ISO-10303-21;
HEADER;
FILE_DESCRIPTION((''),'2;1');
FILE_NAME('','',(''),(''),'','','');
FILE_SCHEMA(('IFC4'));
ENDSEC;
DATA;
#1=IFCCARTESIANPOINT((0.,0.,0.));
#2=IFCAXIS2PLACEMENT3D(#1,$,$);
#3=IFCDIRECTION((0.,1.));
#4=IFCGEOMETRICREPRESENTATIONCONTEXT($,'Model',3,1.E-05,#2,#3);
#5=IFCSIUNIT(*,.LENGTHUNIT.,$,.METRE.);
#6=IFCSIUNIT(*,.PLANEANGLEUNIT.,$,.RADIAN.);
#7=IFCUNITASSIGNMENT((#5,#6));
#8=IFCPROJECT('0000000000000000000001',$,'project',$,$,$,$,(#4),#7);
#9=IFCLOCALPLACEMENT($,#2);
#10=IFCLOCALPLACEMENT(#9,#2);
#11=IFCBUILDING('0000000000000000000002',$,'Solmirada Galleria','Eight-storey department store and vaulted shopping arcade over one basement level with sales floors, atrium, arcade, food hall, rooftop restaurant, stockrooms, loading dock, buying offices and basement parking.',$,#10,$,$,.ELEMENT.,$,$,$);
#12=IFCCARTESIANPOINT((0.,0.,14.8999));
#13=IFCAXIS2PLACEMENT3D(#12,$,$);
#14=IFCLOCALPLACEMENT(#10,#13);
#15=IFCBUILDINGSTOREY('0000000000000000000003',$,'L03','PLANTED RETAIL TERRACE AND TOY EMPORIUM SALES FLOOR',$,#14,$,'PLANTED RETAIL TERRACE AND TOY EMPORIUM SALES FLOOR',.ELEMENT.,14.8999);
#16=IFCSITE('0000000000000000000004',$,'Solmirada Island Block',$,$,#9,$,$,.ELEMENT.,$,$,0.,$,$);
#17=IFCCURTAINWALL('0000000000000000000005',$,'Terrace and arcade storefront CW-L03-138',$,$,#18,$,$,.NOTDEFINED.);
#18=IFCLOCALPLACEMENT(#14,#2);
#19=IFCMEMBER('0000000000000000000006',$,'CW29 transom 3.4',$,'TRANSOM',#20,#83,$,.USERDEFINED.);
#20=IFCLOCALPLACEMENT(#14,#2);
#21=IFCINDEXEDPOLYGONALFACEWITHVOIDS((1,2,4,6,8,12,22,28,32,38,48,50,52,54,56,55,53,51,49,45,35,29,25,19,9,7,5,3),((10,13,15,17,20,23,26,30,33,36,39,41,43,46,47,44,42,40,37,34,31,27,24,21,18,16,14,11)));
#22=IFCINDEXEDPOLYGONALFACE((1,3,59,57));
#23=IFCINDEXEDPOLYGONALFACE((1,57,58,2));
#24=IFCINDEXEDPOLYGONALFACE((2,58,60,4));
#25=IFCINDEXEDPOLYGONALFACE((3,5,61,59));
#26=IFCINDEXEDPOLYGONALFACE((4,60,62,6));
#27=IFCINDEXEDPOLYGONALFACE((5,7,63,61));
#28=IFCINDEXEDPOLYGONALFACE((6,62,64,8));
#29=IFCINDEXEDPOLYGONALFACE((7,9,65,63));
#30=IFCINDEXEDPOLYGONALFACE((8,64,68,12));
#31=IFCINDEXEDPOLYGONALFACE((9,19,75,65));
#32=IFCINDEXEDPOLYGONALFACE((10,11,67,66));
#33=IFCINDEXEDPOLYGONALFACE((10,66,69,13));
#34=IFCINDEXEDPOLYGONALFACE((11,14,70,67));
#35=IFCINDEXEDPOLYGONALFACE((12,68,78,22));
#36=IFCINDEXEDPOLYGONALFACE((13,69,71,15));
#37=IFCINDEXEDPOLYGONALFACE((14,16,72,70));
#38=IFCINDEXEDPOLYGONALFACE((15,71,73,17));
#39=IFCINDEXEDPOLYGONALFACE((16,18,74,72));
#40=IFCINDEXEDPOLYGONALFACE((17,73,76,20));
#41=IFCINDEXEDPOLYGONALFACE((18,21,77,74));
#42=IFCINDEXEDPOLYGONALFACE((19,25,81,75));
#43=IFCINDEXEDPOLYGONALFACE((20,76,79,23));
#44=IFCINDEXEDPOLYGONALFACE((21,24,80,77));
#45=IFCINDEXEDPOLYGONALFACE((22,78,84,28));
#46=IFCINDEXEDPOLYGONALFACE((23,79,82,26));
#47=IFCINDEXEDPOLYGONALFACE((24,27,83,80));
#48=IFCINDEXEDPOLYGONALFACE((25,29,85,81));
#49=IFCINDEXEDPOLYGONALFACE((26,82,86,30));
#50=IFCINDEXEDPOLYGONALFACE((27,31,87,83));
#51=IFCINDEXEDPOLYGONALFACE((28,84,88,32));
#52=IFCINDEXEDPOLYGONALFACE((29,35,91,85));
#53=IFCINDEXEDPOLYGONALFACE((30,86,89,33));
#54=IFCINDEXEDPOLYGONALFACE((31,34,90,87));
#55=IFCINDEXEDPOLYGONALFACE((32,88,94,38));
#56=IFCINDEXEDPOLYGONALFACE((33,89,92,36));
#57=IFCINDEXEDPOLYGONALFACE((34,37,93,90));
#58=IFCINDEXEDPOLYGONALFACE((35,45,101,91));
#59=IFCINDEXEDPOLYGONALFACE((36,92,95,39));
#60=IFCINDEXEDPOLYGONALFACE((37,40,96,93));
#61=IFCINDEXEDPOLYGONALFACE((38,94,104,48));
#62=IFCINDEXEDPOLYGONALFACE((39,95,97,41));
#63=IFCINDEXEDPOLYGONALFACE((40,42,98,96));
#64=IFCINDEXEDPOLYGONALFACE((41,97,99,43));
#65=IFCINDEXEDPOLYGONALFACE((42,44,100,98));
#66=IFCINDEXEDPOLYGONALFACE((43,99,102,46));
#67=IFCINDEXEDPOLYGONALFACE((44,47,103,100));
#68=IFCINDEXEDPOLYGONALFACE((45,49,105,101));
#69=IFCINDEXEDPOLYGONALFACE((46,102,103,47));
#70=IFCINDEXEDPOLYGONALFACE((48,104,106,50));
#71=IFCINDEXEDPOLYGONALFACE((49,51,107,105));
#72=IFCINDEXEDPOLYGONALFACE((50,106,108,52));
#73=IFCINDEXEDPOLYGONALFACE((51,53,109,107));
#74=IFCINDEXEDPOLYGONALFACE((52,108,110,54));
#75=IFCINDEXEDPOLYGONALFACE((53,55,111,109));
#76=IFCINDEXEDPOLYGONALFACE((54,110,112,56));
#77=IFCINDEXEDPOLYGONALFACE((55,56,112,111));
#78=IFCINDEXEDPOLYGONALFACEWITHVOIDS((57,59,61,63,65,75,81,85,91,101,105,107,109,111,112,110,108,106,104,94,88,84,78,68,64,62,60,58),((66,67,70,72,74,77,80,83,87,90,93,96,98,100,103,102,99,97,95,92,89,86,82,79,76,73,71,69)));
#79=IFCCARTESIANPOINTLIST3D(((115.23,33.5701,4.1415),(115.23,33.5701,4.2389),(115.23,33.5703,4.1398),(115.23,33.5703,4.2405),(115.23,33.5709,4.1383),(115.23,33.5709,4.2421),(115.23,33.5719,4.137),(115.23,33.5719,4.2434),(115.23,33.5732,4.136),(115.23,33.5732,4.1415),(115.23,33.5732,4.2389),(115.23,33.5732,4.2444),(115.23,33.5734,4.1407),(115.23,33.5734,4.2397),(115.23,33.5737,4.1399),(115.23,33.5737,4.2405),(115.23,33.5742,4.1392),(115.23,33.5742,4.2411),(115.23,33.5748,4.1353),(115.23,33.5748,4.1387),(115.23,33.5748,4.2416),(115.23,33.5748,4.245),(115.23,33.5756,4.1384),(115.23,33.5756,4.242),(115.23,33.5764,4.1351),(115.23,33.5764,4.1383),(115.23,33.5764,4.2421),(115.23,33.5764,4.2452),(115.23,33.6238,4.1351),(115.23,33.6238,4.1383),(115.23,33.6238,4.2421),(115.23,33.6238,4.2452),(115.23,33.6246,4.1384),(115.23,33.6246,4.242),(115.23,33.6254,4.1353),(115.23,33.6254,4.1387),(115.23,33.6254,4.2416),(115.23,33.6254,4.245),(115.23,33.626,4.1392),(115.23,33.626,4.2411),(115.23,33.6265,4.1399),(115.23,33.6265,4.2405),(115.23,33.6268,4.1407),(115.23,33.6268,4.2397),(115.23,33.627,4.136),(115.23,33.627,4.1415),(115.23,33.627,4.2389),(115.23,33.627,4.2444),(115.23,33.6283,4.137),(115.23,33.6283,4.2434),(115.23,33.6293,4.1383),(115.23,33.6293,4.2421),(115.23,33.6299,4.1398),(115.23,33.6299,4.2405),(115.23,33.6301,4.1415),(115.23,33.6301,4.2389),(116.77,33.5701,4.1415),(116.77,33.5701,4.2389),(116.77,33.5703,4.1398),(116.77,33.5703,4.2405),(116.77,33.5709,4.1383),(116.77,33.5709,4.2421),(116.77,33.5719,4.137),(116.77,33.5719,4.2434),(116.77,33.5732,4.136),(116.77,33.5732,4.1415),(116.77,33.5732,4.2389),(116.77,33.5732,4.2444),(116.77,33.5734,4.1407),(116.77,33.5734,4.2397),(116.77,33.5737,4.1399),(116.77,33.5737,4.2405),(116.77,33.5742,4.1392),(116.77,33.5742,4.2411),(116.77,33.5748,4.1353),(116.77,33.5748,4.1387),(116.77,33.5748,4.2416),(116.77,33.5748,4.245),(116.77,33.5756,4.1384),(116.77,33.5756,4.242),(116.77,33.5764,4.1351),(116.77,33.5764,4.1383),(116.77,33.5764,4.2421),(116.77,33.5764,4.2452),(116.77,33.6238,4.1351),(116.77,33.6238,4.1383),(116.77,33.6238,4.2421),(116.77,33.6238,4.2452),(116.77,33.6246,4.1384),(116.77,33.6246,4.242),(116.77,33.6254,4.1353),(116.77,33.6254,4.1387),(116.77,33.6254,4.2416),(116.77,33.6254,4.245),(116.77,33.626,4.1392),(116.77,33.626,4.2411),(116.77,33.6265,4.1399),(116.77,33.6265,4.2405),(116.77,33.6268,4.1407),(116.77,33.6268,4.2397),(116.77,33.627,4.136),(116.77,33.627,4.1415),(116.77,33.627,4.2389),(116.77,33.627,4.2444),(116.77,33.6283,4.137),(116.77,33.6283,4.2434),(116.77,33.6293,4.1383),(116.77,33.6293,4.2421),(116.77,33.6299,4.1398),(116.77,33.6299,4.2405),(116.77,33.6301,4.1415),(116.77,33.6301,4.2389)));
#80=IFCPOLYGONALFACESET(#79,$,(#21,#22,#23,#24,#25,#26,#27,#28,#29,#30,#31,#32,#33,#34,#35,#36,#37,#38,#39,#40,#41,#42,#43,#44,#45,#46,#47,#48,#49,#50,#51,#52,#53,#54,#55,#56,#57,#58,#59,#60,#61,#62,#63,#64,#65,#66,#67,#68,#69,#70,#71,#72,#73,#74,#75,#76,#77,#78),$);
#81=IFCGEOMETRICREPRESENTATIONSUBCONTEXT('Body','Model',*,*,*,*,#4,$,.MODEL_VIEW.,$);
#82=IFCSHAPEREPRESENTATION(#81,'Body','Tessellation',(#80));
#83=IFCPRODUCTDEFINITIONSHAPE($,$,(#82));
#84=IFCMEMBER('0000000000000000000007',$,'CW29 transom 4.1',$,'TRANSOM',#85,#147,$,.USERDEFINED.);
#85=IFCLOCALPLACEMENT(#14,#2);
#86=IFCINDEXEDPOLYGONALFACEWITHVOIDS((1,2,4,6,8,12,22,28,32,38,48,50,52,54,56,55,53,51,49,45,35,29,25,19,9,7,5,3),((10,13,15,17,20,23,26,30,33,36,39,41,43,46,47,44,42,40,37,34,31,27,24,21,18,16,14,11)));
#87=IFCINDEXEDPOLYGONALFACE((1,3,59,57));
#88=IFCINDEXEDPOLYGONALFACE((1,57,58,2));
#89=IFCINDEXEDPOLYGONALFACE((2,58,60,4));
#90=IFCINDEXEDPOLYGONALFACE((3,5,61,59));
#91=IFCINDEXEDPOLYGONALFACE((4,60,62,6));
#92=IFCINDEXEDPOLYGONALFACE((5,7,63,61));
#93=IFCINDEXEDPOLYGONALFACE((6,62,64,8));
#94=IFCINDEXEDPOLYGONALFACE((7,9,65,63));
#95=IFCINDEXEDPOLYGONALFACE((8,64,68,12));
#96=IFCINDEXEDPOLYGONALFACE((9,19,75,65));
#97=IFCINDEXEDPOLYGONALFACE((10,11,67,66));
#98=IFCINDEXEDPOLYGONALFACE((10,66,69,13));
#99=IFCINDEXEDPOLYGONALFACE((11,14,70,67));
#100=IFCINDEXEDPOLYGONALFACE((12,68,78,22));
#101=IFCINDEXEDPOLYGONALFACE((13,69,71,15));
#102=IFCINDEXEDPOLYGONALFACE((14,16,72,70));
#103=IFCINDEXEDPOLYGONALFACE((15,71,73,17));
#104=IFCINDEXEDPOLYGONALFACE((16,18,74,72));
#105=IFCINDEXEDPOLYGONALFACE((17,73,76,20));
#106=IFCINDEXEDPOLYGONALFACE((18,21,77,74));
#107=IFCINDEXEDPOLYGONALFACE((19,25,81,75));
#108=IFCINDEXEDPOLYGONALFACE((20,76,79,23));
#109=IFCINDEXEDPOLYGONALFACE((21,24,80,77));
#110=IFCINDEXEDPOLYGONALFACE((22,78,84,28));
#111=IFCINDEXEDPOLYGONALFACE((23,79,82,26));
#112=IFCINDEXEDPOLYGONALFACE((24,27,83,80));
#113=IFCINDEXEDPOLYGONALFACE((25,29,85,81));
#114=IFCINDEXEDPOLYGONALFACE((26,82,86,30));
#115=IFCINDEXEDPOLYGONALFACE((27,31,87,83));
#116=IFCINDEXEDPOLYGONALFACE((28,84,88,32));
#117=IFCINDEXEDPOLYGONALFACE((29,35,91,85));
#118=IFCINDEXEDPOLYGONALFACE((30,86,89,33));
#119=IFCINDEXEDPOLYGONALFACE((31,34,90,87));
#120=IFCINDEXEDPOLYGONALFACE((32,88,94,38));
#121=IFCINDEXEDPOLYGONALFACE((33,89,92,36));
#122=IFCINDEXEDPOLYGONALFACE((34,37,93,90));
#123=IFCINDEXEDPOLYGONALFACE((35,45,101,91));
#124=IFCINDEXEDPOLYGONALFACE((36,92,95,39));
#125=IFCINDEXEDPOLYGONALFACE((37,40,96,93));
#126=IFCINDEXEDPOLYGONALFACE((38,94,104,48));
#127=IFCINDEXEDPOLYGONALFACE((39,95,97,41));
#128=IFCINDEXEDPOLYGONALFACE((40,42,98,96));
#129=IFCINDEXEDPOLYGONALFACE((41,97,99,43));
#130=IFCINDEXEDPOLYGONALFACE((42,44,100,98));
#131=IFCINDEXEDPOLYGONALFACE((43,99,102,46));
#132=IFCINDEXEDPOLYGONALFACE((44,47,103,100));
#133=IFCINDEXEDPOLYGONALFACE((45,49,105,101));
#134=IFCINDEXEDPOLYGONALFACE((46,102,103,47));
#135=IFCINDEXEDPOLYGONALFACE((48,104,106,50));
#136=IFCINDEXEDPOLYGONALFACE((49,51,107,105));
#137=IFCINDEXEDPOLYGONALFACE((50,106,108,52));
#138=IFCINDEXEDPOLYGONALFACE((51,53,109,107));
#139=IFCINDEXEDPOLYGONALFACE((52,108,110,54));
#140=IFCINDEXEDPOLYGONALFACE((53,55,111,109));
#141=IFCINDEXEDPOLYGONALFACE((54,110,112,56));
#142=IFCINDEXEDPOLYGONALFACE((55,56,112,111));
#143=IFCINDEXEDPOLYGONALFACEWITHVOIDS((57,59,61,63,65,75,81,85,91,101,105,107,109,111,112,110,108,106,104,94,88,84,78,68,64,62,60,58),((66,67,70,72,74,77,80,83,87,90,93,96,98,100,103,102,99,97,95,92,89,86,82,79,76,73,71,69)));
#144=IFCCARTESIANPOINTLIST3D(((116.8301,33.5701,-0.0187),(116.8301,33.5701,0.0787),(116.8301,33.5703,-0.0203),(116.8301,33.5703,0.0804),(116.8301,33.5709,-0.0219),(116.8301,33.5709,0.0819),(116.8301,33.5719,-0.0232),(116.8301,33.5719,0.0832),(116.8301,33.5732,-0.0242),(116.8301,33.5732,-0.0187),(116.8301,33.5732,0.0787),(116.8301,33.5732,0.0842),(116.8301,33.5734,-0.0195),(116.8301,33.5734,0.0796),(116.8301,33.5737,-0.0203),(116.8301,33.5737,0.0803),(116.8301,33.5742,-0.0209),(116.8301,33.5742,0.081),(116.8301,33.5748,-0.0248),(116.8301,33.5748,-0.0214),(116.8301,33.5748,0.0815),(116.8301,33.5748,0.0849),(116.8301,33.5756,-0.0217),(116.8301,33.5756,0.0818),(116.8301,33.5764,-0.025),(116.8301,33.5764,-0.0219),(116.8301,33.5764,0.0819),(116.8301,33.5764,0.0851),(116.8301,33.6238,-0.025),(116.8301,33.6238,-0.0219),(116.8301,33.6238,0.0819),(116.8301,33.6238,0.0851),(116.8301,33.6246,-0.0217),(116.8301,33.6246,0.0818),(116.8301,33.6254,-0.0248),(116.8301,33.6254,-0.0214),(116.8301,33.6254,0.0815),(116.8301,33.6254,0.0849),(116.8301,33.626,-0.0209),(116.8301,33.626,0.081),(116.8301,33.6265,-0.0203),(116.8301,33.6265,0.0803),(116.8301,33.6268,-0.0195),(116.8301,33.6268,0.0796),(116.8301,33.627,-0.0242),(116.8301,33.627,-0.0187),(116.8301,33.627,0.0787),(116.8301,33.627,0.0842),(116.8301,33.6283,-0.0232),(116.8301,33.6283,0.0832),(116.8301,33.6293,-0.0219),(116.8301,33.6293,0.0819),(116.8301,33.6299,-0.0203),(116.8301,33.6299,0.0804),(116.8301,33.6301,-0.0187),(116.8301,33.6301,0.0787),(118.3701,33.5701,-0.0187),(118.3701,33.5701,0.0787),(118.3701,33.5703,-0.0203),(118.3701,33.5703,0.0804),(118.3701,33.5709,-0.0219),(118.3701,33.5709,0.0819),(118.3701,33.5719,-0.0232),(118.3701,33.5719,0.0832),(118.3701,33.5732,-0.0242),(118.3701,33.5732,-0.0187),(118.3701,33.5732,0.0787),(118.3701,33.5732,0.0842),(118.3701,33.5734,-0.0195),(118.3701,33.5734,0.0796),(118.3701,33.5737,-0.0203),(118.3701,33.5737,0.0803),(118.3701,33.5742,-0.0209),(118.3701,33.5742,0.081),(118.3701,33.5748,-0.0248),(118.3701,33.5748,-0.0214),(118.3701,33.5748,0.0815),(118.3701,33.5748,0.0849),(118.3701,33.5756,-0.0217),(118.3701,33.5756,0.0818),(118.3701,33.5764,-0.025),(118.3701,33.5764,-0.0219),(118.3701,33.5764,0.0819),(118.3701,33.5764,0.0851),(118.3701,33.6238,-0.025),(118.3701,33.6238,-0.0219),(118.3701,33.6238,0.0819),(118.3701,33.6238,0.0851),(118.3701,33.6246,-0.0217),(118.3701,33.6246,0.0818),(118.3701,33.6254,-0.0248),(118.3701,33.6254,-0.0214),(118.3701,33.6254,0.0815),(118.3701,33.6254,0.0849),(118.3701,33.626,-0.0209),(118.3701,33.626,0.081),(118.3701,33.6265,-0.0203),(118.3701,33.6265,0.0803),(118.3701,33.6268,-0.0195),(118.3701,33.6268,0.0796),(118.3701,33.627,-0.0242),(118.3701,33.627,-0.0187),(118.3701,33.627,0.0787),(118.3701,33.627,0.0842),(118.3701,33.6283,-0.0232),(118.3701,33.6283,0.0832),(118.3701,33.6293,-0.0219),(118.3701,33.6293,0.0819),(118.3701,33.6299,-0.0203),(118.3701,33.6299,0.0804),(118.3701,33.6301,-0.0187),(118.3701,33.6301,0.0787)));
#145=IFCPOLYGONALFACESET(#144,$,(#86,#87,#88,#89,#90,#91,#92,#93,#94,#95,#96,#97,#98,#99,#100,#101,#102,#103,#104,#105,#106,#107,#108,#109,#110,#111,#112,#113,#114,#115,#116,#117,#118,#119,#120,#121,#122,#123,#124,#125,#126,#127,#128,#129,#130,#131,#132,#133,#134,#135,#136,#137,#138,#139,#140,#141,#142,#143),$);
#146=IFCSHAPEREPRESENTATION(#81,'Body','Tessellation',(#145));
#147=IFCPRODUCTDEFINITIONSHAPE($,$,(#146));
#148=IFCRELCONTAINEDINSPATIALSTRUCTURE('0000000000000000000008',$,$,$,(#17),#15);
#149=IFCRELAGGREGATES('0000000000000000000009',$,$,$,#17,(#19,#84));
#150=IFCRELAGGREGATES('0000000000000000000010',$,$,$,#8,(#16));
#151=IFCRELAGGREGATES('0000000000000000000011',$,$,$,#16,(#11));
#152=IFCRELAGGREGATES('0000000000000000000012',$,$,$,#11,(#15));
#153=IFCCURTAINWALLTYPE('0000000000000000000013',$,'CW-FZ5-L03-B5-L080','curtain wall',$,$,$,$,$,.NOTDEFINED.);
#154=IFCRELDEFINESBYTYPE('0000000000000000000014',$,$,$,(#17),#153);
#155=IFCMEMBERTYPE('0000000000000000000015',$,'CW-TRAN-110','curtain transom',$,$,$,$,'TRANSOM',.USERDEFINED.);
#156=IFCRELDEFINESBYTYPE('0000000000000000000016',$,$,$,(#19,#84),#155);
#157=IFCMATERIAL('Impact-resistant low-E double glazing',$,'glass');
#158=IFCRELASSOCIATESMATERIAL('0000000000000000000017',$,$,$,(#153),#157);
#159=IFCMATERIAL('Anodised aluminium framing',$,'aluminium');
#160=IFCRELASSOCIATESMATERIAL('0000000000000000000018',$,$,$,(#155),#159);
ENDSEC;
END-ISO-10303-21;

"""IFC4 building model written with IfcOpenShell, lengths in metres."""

from ifc_helpers import new_model, si_unit, direction, frame, origin, origin_2d, place, context, subcontext, project, spatial, hollow_rectangle, extrude, material, material_profile, profile_set, type_object, element, aggregate, save


model = new_model("IFC4")

# Units and contexts
model_context = context("Model", 3, precision=1e-05, world=origin(), true_north=direction((0.0, 1.0)))
body_context = subcontext(model_context, "Body", "Model", "MODEL_VIEW")
ifc_project = project(units=[si_unit("LENGTHUNIT", "METRE"), si_unit("PLANEANGLEUNIT", "RADIAN")], contexts=[model_context])

# Site, building, storey
site_placement = place(None, origin())
site = spatial("IfcSite", under=ifc_project, at=site_placement, Name="Solmirada Island Block", CompositionType="ELEMENT", RefElevation=0.0)
building_placement = place(site_placement, origin())
building = spatial("IfcBuilding", under=site, at=building_placement, Name="Solmirada Galleria", Description="Eight-storey department store and vaulted shopping arcade over one basement level with sales floors, atrium, arcade, food hall, rooftop restaurant, stockrooms, loading dock, buying offices and basement parking.", CompositionType="ELEMENT")
storey_placement = place(building_placement, frame((0.0, 0.0, 14.8999)))
storey = spatial("IfcBuildingStorey", under=building, at=storey_placement, Name="L03", Description="PLANTED RETAIL TERRACE AND TOY EMPORIUM SALES FLOOR", LongName="PLANTED RETAIL TERRACE AND TOY EMPORIUM SALES FLOOR", CompositionType="ELEMENT", Elevation=14.8999)

# Curtain wall, members
ifc_material_1 = material(Name="Impact-resistant low-E double glazing", Category="glass")
curtain_wall_type = type_object("IfcCurtainWallType", Name="CW-FZ5-L03-B5-L080", Description="curtain wall", PredefinedType="NOTDEFINED", material=ifc_material_1)
curtain_wall_placement = place(storey_placement, origin())
curtain_wall = element("IfcCurtainWall", 1, at=curtain_wall_placement, inside=storey, type_object=curtain_wall_type, Name="Terrace and arcade storefront CW-L03-138", PredefinedType="NOTDEFINED")
ifc_material_2 = material(Name="Anodised aluminium framing", Category="aluminium")
ifc_material_profile_1 = material_profile(ifc_material_2, hollow_rectangle(XDim=0.0601, YDim=0.1101, WallThickness=0.0032, InnerFilletRadius=0.0032, OuterFilletRadius=0.0063, at=origin_2d()), Name="ALU-TRAN-110X60")
ifc_profile_set_1 = profile_set([ifc_material_profile_1], Name="Anodised aluminium framing")
member_type_1 = type_object("IfcMemberType", Name="CW-TRAN-110", Description="curtain transom", ElementType="TRANSOM", PredefinedType="USERDEFINED", material=ifc_profile_set_1)
member_1_placement = place(storey_placement, frame((115.23, 33.6001, 4.1902), z_axis=(1.0, 0.0, 0.0), x_axis=(0.0, 1.0, 0.0)))
member_1 = element("IfcMember", 2, at=member_1_placement, type_object=member_type_1, Name="CW29 transom 3.4", ObjectType="TRANSOM", PredefinedType="USERDEFINED", context=body_context, shape_type="SweptSolid", body=[
    extrude(hollow_rectangle(XDim=0.0601, YDim=0.1101, WallThickness=0.0032, InnerFilletRadius=0.0032, OuterFilletRadius=0.0063, at=origin_2d()), origin(), (0.0, 0.0, 1.0), 1.54),
])
member_2_placement = place(storey_placement, frame((116.8301, 33.6001, 0.03), z_axis=(1.0, 0.0, 0.0), x_axis=(0.0, 1.0, 0.0)))
member_2 = element("IfcMember", 3, at=member_2_placement, type_object=member_type_1, Name="CW29 transom 4.1", ObjectType="TRANSOM", PredefinedType="USERDEFINED", context=body_context, shape_type="SweptSolid", body=[
    extrude(hollow_rectangle(XDim=0.0601, YDim=0.1101, WallThickness=0.0032, InnerFilletRadius=0.0032, OuterFilletRadius=0.0063, at=origin_2d()), origin(), (0.0, 0.0, 1.0), 1.54),
])
aggregate(curtain_wall, [member_1, member_2])

save(model, "model.ifc")
